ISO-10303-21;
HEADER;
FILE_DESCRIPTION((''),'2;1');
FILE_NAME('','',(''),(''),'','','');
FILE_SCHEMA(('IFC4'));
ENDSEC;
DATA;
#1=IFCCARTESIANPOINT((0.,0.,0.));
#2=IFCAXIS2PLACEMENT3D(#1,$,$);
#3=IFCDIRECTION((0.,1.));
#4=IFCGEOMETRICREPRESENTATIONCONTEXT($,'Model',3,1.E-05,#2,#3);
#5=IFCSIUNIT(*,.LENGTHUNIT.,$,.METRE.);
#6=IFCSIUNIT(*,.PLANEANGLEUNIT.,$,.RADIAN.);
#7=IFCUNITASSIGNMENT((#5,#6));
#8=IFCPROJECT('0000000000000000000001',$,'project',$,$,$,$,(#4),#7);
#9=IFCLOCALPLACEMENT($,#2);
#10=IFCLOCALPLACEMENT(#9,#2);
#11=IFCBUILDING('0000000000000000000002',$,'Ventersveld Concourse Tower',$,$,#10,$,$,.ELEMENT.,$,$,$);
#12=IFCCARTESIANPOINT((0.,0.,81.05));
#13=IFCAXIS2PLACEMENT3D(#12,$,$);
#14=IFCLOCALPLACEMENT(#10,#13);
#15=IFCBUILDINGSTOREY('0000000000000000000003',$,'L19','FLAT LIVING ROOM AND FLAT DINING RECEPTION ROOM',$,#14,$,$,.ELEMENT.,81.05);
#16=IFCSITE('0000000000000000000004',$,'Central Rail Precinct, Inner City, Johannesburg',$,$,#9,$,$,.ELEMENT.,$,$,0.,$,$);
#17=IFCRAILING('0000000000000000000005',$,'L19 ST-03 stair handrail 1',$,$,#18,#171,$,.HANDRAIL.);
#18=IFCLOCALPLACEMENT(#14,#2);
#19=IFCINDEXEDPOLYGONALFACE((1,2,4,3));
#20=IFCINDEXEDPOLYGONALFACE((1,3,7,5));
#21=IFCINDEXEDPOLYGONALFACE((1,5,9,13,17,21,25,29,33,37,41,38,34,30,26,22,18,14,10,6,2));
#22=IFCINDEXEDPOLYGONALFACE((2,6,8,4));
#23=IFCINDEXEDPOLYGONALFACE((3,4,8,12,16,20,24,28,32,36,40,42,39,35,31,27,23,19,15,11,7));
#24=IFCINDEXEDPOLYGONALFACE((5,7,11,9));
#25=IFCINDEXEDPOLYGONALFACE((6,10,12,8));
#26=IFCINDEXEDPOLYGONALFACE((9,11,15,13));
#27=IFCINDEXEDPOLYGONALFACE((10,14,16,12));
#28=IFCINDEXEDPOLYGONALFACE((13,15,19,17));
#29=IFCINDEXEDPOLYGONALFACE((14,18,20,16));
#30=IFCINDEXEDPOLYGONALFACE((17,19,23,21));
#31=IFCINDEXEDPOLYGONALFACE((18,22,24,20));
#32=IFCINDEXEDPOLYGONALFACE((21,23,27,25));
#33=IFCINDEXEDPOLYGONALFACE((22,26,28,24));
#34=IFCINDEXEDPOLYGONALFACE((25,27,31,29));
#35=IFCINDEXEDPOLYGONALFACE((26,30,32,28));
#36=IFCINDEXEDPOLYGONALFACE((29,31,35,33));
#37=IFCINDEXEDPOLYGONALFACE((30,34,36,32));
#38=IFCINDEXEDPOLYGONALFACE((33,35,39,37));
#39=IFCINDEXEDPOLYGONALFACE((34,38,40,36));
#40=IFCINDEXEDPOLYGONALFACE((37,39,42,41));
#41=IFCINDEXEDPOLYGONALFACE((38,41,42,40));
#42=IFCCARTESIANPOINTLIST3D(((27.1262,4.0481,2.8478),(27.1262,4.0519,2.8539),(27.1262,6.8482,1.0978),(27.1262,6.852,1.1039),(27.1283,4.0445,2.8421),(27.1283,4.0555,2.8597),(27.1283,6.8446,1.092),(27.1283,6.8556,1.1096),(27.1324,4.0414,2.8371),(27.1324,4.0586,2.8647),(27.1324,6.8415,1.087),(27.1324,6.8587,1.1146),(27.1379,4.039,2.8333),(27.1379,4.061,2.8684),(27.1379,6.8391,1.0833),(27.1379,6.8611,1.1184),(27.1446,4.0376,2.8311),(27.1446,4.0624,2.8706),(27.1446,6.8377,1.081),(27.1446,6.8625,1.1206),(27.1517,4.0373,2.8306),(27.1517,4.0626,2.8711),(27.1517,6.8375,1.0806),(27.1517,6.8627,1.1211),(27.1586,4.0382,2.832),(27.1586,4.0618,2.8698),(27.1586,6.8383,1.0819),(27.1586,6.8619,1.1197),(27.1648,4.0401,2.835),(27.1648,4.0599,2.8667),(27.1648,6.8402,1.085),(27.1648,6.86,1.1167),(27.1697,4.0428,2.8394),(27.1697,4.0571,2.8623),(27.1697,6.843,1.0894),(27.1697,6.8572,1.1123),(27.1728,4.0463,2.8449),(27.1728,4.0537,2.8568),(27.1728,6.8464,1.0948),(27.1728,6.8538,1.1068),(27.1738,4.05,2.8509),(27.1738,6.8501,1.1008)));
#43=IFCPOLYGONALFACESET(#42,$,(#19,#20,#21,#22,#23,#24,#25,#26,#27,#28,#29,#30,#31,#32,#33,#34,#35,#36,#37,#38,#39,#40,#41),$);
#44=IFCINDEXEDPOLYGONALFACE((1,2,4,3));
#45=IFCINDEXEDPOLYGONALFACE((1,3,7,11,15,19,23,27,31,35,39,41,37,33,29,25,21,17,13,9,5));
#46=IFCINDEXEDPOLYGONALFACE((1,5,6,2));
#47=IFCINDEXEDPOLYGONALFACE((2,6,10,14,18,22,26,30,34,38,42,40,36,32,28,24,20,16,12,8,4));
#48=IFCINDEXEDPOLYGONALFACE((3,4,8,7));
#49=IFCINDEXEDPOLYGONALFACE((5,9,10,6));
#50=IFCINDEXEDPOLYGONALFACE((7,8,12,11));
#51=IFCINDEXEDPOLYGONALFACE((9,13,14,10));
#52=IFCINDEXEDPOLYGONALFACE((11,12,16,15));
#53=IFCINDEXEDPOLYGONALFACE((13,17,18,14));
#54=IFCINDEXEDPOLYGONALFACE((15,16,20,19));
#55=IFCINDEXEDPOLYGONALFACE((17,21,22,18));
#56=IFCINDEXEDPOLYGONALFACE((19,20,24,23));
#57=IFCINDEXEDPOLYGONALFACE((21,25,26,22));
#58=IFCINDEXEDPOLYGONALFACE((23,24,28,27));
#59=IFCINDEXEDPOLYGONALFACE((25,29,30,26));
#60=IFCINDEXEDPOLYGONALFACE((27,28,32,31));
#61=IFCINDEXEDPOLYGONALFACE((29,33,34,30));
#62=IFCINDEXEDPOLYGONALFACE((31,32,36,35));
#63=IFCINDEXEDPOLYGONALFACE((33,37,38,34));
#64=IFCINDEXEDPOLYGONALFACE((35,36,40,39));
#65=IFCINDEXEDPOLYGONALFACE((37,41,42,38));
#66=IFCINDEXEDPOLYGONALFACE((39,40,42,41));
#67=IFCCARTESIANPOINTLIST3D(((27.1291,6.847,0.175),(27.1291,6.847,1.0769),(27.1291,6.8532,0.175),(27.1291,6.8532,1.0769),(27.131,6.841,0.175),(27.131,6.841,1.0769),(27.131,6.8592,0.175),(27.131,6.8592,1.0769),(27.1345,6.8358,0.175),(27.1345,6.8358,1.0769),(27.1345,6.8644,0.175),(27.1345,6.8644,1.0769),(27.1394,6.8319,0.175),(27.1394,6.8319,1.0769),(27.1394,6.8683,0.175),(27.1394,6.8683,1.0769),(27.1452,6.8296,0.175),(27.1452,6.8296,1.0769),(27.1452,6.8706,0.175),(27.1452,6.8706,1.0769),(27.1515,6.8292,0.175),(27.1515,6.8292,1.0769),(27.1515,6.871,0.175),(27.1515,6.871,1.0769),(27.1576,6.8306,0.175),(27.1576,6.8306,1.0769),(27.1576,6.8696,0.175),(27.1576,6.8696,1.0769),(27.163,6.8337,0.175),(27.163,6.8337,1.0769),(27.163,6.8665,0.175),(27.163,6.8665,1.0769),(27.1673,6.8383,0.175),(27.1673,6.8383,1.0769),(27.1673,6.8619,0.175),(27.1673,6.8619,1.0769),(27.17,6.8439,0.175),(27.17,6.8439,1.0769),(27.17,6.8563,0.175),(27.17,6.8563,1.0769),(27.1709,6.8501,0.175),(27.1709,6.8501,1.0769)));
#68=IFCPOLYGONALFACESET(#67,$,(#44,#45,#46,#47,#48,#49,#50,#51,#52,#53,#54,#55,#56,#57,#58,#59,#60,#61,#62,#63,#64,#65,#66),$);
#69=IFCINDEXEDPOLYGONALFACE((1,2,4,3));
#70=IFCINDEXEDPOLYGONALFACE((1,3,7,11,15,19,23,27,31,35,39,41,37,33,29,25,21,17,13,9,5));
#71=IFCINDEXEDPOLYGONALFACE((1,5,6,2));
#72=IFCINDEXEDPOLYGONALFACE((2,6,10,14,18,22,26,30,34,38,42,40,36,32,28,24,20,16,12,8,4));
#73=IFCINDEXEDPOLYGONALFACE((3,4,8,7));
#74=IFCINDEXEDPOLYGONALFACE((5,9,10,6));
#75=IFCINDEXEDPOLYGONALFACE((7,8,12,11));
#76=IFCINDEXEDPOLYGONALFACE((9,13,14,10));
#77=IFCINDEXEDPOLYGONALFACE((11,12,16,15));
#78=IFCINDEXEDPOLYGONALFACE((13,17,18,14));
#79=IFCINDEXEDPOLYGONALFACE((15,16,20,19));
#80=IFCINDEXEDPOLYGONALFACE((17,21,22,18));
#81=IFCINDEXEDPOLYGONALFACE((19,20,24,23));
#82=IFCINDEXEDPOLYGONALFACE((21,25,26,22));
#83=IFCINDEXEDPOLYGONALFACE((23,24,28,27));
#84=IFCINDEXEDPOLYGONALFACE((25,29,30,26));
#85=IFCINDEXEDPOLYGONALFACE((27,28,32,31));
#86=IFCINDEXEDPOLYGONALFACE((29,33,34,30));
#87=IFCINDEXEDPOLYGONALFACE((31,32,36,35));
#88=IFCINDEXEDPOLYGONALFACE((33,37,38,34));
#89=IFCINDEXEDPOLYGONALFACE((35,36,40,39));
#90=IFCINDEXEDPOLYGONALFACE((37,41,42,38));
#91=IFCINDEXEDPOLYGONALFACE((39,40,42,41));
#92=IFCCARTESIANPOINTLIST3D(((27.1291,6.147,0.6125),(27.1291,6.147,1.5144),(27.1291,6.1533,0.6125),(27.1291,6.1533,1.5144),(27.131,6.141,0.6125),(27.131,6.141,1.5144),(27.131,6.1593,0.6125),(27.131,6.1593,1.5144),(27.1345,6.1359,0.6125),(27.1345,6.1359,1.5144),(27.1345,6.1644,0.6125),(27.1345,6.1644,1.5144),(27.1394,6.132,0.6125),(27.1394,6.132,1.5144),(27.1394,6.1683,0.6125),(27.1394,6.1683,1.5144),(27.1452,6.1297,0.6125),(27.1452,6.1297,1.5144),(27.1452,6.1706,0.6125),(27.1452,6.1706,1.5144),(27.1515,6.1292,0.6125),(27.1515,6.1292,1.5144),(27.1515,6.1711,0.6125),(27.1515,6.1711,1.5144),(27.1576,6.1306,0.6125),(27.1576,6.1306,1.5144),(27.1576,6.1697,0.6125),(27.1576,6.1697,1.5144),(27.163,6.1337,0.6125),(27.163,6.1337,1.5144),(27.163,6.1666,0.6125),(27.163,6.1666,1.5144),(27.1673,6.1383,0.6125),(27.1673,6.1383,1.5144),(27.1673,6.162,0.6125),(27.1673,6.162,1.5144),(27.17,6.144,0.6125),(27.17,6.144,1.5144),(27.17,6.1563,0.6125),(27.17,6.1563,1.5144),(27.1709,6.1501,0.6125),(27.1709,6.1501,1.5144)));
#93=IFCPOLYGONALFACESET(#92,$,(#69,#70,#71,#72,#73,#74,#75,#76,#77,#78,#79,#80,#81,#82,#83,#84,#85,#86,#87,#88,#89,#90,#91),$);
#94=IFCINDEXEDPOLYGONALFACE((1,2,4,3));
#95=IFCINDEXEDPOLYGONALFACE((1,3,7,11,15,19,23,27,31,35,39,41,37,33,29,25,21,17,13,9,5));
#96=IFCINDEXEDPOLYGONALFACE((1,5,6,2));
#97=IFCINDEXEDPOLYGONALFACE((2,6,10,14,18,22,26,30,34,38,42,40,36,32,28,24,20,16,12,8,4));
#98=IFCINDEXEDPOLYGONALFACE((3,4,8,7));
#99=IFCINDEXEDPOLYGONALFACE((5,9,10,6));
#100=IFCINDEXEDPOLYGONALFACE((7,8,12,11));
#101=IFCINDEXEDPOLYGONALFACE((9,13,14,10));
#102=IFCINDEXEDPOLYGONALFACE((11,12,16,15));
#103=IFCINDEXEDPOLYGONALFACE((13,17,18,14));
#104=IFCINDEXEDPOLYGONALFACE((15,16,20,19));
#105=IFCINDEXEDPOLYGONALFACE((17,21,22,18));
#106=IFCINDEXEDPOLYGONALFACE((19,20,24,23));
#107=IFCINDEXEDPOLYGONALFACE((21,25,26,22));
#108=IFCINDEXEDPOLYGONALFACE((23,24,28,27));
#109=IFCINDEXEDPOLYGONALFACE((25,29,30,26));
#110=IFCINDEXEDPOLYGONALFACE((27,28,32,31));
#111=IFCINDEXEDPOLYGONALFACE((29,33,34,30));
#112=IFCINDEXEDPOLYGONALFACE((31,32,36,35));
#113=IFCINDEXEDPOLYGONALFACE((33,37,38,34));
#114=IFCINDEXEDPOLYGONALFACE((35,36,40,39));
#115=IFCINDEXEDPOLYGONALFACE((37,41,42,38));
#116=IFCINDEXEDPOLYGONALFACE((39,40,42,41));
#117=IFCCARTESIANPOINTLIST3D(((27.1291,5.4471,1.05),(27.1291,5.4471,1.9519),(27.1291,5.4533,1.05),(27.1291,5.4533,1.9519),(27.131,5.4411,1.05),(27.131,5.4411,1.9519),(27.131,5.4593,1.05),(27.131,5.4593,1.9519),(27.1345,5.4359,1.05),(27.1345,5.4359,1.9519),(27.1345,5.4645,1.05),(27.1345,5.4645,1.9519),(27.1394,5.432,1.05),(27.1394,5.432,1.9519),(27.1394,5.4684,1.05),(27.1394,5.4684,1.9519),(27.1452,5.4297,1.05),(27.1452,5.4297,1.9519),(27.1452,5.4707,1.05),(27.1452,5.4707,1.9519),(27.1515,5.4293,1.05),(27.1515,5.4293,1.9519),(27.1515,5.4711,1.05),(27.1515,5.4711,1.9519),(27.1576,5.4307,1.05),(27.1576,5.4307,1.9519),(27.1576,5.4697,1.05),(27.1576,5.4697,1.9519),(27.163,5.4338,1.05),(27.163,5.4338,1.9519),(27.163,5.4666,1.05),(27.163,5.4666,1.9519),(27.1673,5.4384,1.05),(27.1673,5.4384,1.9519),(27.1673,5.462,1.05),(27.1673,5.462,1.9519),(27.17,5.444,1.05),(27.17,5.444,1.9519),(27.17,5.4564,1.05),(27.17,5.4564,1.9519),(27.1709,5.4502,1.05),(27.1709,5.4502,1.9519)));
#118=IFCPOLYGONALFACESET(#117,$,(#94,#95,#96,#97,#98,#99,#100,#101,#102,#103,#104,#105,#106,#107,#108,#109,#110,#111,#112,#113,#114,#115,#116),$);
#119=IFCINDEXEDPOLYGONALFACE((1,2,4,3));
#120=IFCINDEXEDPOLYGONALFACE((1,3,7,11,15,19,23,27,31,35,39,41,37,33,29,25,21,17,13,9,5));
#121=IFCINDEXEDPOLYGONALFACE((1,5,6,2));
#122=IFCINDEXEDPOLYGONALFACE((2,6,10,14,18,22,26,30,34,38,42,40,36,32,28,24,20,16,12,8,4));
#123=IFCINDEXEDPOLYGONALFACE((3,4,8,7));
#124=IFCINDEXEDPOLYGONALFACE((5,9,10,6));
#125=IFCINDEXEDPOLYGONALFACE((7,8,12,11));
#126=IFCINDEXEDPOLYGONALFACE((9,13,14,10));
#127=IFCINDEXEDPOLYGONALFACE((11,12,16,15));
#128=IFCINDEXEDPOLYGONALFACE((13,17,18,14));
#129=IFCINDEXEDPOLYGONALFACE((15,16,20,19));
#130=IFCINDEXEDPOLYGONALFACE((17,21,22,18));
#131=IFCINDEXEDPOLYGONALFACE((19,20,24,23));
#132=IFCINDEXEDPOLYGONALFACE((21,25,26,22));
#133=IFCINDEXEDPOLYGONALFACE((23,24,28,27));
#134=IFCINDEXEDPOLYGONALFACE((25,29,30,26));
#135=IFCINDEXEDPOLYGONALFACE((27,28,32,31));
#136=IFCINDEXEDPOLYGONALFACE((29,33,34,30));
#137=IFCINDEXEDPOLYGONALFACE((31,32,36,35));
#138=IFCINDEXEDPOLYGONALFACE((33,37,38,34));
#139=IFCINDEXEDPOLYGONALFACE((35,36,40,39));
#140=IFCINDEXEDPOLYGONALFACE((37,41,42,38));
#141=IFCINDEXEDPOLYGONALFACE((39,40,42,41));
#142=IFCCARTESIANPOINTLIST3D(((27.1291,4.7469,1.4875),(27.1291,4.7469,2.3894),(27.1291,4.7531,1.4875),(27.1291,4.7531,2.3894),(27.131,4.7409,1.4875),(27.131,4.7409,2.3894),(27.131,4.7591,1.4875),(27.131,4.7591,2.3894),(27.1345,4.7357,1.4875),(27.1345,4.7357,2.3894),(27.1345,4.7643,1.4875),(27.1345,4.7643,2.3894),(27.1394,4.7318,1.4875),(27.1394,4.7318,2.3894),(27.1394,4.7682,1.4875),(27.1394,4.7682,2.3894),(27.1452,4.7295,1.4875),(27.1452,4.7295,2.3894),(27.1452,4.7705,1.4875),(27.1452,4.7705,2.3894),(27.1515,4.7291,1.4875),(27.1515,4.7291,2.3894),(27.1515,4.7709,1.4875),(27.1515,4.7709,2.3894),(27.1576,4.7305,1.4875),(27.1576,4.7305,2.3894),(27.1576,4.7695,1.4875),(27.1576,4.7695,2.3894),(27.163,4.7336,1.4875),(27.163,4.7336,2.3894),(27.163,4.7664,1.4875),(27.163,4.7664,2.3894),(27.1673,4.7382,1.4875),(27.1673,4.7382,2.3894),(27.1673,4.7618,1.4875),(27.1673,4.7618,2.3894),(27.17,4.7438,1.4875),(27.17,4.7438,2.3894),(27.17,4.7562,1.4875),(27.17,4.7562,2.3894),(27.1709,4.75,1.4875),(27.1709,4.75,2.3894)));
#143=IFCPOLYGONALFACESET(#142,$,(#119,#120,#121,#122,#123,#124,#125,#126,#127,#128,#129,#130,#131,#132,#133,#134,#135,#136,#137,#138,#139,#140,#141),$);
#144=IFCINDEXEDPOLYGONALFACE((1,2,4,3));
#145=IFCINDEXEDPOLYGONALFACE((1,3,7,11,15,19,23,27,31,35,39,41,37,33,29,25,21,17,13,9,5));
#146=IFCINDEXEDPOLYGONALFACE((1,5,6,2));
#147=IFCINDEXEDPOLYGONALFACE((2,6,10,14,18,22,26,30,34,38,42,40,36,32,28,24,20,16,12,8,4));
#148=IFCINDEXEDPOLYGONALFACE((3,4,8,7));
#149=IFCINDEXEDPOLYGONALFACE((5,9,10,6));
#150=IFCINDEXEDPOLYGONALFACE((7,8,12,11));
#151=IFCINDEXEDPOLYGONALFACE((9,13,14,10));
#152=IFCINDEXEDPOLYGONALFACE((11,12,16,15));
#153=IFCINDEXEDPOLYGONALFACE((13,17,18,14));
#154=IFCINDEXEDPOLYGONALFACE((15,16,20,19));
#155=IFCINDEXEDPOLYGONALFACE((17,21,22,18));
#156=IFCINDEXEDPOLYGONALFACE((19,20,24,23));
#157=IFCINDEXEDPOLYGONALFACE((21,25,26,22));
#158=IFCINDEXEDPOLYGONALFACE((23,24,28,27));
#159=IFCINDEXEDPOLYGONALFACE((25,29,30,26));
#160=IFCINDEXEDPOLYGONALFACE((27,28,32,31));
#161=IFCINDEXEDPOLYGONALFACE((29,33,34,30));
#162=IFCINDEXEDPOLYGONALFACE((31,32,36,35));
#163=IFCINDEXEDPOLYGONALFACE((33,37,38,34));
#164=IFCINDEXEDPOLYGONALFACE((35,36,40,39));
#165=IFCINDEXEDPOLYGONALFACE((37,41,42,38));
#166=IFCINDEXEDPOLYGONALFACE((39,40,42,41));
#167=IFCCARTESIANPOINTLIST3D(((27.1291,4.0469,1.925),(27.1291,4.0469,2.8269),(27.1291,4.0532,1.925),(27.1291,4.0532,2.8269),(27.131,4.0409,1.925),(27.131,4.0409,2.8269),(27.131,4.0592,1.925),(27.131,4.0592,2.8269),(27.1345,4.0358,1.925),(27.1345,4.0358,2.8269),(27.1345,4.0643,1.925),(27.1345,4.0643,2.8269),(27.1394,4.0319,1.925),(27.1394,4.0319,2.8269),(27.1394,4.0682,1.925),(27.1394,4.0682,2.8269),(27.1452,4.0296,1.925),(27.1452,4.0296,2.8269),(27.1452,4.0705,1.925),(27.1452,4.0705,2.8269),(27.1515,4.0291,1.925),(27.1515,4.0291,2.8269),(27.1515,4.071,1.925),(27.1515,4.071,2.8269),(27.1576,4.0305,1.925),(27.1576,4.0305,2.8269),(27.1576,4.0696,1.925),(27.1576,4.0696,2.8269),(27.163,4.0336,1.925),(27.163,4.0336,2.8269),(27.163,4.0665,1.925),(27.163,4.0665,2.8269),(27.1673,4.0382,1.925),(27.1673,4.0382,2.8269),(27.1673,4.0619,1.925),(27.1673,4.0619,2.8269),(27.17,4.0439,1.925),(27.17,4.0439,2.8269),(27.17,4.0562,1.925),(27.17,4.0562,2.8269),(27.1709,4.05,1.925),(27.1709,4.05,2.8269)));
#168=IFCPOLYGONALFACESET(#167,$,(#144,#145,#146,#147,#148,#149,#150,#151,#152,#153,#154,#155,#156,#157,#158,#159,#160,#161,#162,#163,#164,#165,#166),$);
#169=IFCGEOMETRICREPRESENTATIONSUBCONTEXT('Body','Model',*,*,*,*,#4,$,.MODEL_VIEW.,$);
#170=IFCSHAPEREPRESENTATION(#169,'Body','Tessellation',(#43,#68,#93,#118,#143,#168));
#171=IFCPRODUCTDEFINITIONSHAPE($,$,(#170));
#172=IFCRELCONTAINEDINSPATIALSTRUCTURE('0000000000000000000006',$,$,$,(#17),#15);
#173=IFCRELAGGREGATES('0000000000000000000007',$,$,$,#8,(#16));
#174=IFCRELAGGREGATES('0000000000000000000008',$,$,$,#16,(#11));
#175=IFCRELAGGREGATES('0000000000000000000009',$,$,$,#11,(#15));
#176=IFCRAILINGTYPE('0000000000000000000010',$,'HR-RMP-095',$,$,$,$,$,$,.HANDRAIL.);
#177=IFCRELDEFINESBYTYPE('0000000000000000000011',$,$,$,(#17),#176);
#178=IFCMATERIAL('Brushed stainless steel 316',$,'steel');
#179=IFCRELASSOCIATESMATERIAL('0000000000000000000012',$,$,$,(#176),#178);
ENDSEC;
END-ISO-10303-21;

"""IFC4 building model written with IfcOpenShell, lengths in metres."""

from ifc_helpers import new_model, si_unit, direction, frame, origin, origin_2d, place, context, subcontext, project, spatial, circle, extrude, material, type_object, element, save


model = new_model("IFC4")

# Units and contexts
model_context = context("Model", 3, precision=1e-05, world=origin(), true_north=direction((0.0, 1.0)))
body_context = subcontext(model_context, "Body", "Model", "MODEL_VIEW")
ifc_project = project(units=[si_unit("LENGTHUNIT", "METRE"), si_unit("PLANEANGLEUNIT", "RADIAN")], contexts=[model_context])

# Site, building, storey
site_placement = place(None, origin())
site = spatial("IfcSite", under=ifc_project, at=site_placement, Name="Central Rail Precinct, Inner City, Johannesburg", CompositionType="ELEMENT", RefElevation=0.0)
building_placement = place(site_placement, origin())
building = spatial("IfcBuilding", under=site, at=building_placement, Name="Ventersveld Concourse Tower", CompositionType="ELEMENT")
storey_placement = place(building_placement, frame((0.0, 0.0, 81.05)))
storey = spatial("IfcBuildingStorey", under=building, at=storey_placement, Name="L19", Description="FLAT LIVING ROOM AND FLAT DINING RECEPTION ROOM", CompositionType="ELEMENT", Elevation=81.05)

# Railing
ifc_material_1 = material(Name="Brushed stainless steel 316", Category="steel")
railing_type = type_object("IfcRailingType", Name="HR-RMP-095", PredefinedType="HANDRAIL", material=ifc_material_1)
railing_placement = place(storey_placement, frame((27.1499, 6.8501, 0.175)))
element("IfcRailing", 1, at=railing_placement, inside=storey, type_object=railing_type, Name="L19 ST-03 stair handrail 1", PredefinedType="HANDRAIL", context=body_context, shape_type="SweptSolid", body=[
    extrude(circle(Radius=0.0239, at=origin_2d()), frame((0.0, 0.0, 0.9258), z_axis=(0.0, -0.848002, 0.529992), x_axis=(1.0, 0.0, 0.0)), (0.0, 0.0, 1.0), 3.302),
    extrude(circle(Radius=0.021, at=origin_2d()), origin(), (0.0, 0.0, 1.0), 0.9019),
    extrude(circle(Radius=0.021, at=origin_2d()), frame((0.0, -0.7, 0.4375)), (0.0, 0.0, 1.0), 0.9019),
    extrude(circle(Radius=0.021, at=origin_2d()), frame((0.0, -1.3999, 0.875)), (0.0, 0.0, 1.0), 0.9019),
    extrude(circle(Radius=0.021, at=origin_2d()), frame((0.0, -2.1001, 1.3125)), (0.0, 0.0, 1.0), 0.9019),
    extrude(circle(Radius=0.021, at=origin_2d()), frame((0.0, -2.8, 1.75)), (0.0, 0.0, 1.0), 0.9019),
])

save(model, "model.ifc")
